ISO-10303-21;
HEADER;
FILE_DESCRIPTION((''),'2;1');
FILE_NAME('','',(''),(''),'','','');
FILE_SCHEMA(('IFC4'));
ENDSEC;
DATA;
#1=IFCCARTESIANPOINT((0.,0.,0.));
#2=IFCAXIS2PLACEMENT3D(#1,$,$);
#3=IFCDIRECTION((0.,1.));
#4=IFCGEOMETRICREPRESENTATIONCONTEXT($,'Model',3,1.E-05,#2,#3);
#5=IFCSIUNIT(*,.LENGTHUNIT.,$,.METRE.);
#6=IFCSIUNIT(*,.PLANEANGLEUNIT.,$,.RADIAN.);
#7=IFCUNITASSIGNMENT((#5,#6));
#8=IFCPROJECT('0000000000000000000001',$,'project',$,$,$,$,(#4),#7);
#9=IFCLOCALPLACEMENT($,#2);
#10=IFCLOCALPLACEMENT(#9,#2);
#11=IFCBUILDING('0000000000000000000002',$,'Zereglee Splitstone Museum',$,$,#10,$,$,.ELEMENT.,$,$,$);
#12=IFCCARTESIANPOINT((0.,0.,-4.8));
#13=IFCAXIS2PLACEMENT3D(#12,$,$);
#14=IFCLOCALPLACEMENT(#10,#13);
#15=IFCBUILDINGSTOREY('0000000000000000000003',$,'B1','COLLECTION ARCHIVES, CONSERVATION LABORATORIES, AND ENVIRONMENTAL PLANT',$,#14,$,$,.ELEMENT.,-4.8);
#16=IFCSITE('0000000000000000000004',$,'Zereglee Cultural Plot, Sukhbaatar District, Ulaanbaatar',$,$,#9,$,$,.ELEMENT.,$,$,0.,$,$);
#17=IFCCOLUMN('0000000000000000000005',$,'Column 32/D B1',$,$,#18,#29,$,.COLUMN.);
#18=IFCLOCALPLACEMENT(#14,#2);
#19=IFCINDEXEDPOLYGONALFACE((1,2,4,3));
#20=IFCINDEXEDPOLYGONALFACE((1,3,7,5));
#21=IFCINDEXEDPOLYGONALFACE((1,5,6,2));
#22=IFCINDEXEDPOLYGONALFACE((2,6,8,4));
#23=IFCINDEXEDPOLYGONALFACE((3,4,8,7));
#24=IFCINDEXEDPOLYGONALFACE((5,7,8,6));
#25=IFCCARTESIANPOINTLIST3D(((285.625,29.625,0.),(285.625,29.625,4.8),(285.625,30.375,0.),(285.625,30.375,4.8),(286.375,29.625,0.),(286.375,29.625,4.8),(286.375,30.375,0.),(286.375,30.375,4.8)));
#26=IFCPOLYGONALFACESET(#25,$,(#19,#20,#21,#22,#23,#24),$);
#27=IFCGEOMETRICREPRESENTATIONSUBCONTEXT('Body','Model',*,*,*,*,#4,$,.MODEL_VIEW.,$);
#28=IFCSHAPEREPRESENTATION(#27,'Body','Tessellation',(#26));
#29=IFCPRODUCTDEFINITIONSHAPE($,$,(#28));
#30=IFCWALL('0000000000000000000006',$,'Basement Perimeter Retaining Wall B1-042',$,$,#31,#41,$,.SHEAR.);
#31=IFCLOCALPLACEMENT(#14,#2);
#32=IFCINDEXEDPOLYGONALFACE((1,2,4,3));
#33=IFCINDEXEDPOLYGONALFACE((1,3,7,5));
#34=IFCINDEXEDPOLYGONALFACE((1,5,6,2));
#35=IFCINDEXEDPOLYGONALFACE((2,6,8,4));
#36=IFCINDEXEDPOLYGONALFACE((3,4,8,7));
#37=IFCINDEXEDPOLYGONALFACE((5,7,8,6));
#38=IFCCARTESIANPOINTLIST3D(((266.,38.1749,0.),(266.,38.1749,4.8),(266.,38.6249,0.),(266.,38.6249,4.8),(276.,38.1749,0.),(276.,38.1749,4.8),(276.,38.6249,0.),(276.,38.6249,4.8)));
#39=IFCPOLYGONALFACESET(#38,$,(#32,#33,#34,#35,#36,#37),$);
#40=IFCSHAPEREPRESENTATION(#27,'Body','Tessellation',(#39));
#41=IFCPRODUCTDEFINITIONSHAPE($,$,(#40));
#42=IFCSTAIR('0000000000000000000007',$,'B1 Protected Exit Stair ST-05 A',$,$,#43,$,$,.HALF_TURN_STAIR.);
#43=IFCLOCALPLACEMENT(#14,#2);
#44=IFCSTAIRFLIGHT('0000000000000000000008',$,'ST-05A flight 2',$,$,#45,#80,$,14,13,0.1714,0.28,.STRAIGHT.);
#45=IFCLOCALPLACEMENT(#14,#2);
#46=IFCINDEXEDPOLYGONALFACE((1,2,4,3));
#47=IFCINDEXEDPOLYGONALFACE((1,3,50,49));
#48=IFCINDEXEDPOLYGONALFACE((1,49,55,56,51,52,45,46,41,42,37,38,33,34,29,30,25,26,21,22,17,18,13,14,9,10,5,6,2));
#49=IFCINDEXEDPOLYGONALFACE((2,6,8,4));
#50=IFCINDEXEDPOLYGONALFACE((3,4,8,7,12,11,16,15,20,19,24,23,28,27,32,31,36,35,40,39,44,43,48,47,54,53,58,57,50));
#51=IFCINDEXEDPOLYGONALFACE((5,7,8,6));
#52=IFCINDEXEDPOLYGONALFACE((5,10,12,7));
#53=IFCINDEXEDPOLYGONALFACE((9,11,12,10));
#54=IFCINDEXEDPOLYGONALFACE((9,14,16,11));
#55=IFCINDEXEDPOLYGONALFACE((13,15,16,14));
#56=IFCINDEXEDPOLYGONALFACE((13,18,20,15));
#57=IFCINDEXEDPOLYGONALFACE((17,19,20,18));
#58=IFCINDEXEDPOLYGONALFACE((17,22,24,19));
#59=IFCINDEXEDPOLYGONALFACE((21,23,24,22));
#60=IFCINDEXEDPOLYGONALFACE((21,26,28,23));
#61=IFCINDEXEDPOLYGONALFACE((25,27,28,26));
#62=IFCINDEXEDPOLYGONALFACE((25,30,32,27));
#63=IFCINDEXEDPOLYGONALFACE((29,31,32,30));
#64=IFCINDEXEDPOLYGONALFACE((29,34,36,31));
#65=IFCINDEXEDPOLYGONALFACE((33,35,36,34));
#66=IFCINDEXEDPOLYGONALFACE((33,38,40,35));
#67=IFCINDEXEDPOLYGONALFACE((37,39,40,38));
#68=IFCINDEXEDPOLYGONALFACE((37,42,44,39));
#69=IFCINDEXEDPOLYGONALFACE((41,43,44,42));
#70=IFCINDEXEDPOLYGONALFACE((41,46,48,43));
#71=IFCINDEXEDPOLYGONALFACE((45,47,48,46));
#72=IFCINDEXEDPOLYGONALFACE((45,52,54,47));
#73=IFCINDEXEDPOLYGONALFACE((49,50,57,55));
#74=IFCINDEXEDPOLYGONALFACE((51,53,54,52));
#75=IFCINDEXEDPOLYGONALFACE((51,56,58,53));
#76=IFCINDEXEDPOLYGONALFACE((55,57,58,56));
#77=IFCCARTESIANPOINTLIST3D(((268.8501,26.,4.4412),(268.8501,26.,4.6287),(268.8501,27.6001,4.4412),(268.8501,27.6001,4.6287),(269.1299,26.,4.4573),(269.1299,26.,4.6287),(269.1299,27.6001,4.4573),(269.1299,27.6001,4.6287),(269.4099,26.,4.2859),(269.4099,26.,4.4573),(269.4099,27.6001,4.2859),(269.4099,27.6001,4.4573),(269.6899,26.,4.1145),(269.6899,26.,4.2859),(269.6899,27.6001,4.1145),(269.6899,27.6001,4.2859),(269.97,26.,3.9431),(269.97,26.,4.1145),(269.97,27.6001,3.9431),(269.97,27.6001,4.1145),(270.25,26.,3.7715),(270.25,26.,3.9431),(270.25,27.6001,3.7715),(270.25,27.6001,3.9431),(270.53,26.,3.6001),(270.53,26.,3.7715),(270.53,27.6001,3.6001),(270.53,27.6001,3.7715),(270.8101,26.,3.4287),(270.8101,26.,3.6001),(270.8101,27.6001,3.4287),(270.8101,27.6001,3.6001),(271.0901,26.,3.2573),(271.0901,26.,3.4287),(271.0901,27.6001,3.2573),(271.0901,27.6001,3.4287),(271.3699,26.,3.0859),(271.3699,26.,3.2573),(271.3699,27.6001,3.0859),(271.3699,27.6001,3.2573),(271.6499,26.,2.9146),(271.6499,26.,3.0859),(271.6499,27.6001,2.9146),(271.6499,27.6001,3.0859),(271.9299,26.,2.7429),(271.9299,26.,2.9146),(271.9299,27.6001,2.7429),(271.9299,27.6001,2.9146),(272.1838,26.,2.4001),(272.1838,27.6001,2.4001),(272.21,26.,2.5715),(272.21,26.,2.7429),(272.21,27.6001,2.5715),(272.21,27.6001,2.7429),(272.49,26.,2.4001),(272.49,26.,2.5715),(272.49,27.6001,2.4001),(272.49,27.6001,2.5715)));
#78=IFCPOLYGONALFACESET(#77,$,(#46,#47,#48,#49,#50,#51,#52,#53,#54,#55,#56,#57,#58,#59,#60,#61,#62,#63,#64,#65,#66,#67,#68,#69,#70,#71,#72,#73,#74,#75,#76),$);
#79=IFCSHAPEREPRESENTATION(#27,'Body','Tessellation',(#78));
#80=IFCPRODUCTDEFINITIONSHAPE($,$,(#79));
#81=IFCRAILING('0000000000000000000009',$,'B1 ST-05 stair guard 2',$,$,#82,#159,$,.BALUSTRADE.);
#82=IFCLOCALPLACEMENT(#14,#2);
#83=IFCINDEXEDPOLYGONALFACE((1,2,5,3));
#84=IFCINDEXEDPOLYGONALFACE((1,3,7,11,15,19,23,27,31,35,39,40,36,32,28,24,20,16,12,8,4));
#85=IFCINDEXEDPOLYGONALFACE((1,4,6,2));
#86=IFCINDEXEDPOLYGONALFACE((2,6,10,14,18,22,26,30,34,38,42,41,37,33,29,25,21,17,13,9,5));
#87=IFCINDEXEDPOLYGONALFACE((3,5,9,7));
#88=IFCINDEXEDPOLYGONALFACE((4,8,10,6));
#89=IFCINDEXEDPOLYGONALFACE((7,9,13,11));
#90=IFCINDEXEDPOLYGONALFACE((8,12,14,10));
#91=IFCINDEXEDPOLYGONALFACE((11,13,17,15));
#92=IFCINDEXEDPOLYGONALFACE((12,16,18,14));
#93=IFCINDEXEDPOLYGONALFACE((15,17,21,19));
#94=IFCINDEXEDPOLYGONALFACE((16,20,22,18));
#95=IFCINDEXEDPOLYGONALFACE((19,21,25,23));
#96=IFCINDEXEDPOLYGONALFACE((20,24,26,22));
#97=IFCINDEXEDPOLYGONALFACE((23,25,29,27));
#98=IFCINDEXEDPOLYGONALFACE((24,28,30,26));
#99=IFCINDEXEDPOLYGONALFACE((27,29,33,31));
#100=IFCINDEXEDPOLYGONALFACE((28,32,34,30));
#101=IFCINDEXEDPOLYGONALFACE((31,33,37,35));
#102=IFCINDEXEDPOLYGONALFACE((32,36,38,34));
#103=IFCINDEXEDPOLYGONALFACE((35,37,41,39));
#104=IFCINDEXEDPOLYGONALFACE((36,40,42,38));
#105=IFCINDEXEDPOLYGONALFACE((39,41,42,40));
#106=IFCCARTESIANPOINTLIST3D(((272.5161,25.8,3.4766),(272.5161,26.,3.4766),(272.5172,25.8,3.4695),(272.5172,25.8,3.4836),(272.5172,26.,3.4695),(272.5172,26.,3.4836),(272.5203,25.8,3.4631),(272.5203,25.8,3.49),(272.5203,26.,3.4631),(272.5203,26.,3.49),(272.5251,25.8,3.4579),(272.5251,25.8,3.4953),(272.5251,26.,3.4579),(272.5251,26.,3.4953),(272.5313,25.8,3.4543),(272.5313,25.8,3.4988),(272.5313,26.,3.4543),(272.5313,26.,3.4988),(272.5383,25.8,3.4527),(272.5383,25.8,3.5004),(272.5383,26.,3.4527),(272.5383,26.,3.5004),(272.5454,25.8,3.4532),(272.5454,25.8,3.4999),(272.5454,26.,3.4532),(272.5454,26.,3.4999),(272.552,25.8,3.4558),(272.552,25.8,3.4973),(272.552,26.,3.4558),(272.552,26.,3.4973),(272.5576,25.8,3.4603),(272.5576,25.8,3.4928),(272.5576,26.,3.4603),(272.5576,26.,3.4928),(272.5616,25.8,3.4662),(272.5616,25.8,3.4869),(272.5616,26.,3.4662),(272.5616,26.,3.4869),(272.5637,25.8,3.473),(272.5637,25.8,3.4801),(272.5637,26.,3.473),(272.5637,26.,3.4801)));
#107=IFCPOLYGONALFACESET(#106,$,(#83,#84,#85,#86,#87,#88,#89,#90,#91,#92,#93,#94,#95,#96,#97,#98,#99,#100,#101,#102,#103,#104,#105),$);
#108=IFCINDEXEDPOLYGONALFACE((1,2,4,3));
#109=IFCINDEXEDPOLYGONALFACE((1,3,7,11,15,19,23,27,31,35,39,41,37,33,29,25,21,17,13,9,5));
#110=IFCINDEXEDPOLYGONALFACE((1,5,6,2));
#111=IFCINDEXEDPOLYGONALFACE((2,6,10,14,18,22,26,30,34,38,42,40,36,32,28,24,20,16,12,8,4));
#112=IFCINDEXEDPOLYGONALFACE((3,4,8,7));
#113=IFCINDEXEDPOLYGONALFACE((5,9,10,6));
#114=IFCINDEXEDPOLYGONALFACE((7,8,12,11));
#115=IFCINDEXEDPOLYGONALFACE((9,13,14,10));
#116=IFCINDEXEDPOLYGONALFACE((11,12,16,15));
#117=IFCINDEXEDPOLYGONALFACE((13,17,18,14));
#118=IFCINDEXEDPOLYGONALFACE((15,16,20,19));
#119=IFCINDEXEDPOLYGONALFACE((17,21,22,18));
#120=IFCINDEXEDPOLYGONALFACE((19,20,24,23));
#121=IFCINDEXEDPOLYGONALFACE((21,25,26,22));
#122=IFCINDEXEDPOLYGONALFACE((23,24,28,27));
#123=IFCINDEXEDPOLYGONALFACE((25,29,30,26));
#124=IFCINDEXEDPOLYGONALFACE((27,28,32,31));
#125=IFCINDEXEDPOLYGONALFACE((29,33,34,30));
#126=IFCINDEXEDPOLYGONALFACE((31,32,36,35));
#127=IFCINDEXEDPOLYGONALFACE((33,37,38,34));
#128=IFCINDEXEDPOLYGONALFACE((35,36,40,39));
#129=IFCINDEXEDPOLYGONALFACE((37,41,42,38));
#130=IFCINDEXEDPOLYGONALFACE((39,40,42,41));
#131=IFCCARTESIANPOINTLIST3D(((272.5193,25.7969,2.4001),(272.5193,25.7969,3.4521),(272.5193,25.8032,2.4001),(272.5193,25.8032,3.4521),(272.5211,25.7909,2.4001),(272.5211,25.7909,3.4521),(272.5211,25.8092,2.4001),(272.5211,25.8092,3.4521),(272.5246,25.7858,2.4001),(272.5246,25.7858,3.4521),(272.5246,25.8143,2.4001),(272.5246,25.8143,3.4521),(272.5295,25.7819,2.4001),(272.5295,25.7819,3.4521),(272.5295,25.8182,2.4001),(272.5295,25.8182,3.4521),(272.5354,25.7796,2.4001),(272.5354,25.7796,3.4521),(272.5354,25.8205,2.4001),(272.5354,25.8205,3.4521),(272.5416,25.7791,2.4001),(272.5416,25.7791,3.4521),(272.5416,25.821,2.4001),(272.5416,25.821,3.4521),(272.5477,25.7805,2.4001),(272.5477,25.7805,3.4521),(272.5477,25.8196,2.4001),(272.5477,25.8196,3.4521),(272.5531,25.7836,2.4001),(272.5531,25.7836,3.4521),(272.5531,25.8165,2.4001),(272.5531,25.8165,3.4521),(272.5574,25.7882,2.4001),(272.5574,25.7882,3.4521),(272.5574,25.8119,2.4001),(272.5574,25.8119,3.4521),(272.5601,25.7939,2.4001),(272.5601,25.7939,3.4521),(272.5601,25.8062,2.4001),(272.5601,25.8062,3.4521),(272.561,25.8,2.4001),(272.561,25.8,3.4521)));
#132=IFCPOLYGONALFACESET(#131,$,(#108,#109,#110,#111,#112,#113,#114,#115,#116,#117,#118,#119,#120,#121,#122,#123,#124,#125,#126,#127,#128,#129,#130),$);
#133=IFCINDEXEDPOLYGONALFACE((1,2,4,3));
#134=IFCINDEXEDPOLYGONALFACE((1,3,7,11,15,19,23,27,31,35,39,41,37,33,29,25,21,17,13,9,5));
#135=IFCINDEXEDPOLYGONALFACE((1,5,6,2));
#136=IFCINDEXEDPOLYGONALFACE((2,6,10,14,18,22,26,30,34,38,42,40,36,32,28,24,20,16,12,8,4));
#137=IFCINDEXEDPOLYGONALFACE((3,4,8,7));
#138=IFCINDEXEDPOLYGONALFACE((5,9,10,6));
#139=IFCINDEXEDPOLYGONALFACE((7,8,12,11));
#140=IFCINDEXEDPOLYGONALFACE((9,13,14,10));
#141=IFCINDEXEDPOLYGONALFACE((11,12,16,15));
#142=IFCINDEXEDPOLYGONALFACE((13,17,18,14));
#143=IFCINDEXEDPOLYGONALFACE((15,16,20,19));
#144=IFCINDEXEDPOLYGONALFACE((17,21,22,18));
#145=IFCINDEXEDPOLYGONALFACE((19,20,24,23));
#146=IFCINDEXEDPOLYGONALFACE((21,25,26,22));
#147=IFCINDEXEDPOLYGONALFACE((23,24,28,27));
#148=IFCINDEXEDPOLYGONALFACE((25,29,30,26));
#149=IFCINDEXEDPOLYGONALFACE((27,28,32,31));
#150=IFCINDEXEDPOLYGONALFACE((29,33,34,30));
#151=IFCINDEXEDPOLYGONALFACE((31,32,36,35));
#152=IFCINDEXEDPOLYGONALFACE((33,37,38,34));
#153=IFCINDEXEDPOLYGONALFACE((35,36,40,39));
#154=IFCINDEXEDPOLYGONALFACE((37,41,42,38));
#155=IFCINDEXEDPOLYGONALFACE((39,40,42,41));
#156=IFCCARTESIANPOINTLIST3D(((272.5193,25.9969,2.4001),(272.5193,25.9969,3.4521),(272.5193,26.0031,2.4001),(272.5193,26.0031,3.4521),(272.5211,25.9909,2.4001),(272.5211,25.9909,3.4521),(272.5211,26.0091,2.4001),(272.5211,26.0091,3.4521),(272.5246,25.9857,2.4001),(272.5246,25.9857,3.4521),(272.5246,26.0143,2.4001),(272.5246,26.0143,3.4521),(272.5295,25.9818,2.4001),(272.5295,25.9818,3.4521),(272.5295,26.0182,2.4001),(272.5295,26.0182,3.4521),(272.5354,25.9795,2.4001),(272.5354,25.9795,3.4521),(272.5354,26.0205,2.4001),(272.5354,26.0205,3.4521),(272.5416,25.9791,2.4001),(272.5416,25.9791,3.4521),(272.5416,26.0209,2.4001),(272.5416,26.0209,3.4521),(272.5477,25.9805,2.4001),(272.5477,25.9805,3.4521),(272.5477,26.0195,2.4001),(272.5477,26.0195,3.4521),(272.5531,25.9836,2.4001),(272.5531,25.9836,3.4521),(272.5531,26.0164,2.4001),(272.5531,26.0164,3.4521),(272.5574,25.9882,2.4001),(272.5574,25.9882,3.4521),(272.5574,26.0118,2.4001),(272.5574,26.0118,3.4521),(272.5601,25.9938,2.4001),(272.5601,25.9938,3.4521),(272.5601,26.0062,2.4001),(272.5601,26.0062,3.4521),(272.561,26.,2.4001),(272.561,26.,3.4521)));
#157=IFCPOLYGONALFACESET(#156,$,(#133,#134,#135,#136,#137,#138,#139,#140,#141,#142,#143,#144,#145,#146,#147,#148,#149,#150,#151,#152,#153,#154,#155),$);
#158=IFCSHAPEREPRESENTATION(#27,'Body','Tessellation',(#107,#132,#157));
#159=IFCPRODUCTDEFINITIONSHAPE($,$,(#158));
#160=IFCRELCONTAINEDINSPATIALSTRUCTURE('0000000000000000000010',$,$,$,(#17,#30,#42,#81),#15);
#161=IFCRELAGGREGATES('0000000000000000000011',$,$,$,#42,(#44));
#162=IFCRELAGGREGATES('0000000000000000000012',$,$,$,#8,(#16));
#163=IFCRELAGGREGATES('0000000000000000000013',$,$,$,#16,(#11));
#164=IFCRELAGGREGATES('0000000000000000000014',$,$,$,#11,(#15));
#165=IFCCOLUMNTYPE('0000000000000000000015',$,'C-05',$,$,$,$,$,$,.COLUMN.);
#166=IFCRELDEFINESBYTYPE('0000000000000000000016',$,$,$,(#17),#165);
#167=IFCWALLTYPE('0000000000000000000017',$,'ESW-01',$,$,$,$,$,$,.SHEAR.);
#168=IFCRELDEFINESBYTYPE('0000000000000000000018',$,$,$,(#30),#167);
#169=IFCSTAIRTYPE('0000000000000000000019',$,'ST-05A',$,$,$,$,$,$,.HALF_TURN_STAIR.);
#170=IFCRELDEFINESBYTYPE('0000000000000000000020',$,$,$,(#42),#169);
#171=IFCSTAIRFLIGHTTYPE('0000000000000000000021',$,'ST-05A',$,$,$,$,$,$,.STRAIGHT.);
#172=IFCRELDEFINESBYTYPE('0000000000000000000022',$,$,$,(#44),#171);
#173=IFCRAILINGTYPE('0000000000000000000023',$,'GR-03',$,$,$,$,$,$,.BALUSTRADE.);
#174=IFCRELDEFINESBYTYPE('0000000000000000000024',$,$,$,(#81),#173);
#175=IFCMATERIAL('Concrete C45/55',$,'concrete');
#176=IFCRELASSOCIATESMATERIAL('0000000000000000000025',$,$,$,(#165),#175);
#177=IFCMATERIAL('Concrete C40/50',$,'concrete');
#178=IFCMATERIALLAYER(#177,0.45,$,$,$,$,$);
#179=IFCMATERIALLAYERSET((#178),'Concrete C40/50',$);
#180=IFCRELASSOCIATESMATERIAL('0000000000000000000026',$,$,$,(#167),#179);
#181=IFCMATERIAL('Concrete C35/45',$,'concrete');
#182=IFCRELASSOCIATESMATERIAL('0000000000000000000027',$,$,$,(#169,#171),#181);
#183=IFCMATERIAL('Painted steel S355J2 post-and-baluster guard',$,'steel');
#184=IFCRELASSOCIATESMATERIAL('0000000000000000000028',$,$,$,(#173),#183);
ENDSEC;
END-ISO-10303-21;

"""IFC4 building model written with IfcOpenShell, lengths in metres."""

from ifc_helpers import new_model, si_unit, direction, frame, frame_2d, origin, origin_2d, place, context, subcontext, project, spatial, polyline, rectangle, circle, outline, extrude, material, layer, layer_set, material_profile, profile_set, type_object, element, aggregate, save


model = new_model("IFC4")

# Units and contexts
model_context = context("Model", 3, precision=1e-05, world=origin(), true_north=direction((0.0, 1.0)))
body_context = subcontext(model_context, "Body", "Model", "MODEL_VIEW")
ifc_project = project(units=[si_unit("LENGTHUNIT", "METRE"), si_unit("PLANEANGLEUNIT", "RADIAN")], contexts=[model_context])

# Site, building, storey
site_placement = place(None, origin())
site = spatial("IfcSite", under=ifc_project, at=site_placement, Name="Zereglee Cultural Plot, Sukhbaatar District, Ulaanbaatar", CompositionType="ELEMENT", RefElevation=0.0)
building_placement = place(site_placement, origin())
building = spatial("IfcBuilding", under=site, at=building_placement, Name="Zereglee Splitstone Museum", CompositionType="ELEMENT")
storey_placement = place(building_placement, frame((0.0, 0.0, -4.8)))
storey = spatial("IfcBuildingStorey", under=building, at=storey_placement, Name="B1", Description="COLLECTION ARCHIVES, CONSERVATION LABORATORIES, AND ENVIRONMENTAL PLANT", CompositionType="ELEMENT", Elevation=-4.8)

# Shared definitions
ifc_material_1 = material(Name="Concrete C40/50", Category="concrete")

# Column
ifc_material_2 = material(Name="Concrete C45/55", Category="concrete")
ifc_material_profile_1 = material_profile(ifc_material_2, rectangle(XDim=0.75, YDim=0.75, at=origin_2d()), Name="RC 750x750")
ifc_profile_set_1 = profile_set([ifc_material_profile_1], Name="Concrete C45/55")
column_type_1 = type_object("IfcColumnType", Name="C-05", PredefinedType="COLUMN", material=ifc_profile_set_1)
column_1_placement = place(storey_placement, frame((286.0, 30.0, 0.0), z_axis=(0.0, 0.0, 1.0), x_axis=(1.0, 0.0, 0.0)))
element("IfcColumn", 1, at=column_1_placement, inside=storey, type_object=column_type_1, Name="Column 32/D B1", PredefinedType="COLUMN", context=body_context, shape_type="SweptSolid", body=[
    extrude(rectangle(XDim=0.75, YDim=0.75, at=origin_2d()), origin(), (0.0, 0.0, 1.0), 4.8),
])

# Wall
ifc_layer_1 = layer(ifc_material_1, 0.45)
ifc_layer_set_1 = layer_set([ifc_layer_1], Name="Concrete C40/50")
wall_type = type_object("IfcWallType", Name="ESW-01", PredefinedType="SHEAR", material=ifc_layer_set_1)
wall_placement = place(storey_placement, frame((276.0, 38.3999, 0.0), z_axis=(0.0, 0.0, 1.0), x_axis=(-1.0, 0.0, 0.0)))
element("IfcWall", 2, at=wall_placement, inside=storey, type_object=wall_type, Name="Basement Perimeter Retaining Wall B1-042", PredefinedType="SHEAR", context=body_context, shape_type="SweptSolid", body=[
    extrude(rectangle(XDim=10.0, YDim=0.45, at=frame_2d((5.0, 0.0))), origin(), (0.0, 0.0, 1.0), 4.8),
])

# Stair, stair flight
ifc_material_3 = material(Name="Concrete C35/45", Category="concrete")
stair_type = type_object("IfcStairType", Name="ST-05A", PredefinedType="HALF_TURN_STAIR", material=ifc_material_3)
stair_placement = place(storey_placement, origin())
stair = element("IfcStair", 3, at=stair_placement, inside=storey, type_object=stair_type, Name="B1 Protected Exit Stair ST-05 A", PredefinedType="HALF_TURN_STAIR")
stair_flight_type = type_object("IfcStairFlightType", Name="ST-05A", PredefinedType="STRAIGHT", material=ifc_material_3)
stair_flight_placement = place(storey_placement, frame((272.49, 26.8, 2.4001), z_axis=(0.0, 0.0, 1.0), x_axis=(-1.0, 0.0, 0.0)))
stair_flight = element("IfcStairFlight", 4, at=stair_flight_placement, type_object=stair_flight_type, Name="ST-05A flight 2", NumberOfRisers=14, NumberOfTreads=13, PredefinedType="STRAIGHT", RiserHeight=0.1714, TreadLength=0.28, context=body_context, shape_type="SweptSolid", body=[
    extrude(outline(polyline([(0.0, 0.0), (0.0, 0.1714), (0.28, 0.1714), (0.28, 0.3428), (0.5601, 0.3428), (0.5601, 0.5144), (0.8401, 0.5144), (0.8401, 0.6858), (1.1201, 0.6858), (1.1201, 0.8572), (1.3999, 0.8572), (1.3999, 1.0286), (1.6799, 1.0286), (1.6799, 1.2), (1.96, 1.2), (1.96, 1.3713), (2.24, 1.3713), (2.24, 1.543), (2.52, 1.543), (2.52, 1.7144), (2.8, 1.7144), (2.8, 1.8857), (3.0801, 1.8857), (3.0801, 2.0571), (3.3601, 2.0571), (3.3601, 2.2285), (3.6399, 2.2285), (3.6399, 2.3999), (3.6399, 2.041), (0.3062, 0.0), (0.0, 0.0)])), frame((0.0, 0.8, 0.0), z_axis=(0.0, -1.0, 0.0), x_axis=(1.0, 0.0, 0.0)), (0.0, 0.0, 1.0), 1.6001),
])
aggregate(stair, [stair_flight])

# Railing
ifc_material_4 = material(Name="Painted steel S355J2 post-and-baluster guard", Category="steel")
railing_type_1 = type_object("IfcRailingType", Name="GR-03", PredefinedType="BALUSTRADE", material=ifc_material_4)
railing_1_placement = place(storey_placement, frame((272.54, 25.8, 2.4001)))
element("IfcRailing", 5, at=railing_1_placement, inside=storey, type_object=railing_type_1, Name="B1 ST-05 stair guard 2", PredefinedType="BALUSTRADE", context=body_context, shape_type="SweptSolid", body=[
    extrude(circle(Radius=0.0239, at=origin_2d()), frame((0.0, 0.0, 1.0764), z_axis=(0.0, 1.0, 0.0), x_axis=(-1.0, 0.0, 0.0)), (0.0, 0.0, 1.0), 0.2),
    extrude(circle(Radius=0.021, at=origin_2d()), origin(), (0.0, 0.0, 1.0), 1.052),
    extrude(circle(Radius=0.021, at=origin_2d()), frame((0.0, 0.2, 0.0)), (0.0, 0.0, 1.0), 1.052),
])

save(model, "model.ifc")
